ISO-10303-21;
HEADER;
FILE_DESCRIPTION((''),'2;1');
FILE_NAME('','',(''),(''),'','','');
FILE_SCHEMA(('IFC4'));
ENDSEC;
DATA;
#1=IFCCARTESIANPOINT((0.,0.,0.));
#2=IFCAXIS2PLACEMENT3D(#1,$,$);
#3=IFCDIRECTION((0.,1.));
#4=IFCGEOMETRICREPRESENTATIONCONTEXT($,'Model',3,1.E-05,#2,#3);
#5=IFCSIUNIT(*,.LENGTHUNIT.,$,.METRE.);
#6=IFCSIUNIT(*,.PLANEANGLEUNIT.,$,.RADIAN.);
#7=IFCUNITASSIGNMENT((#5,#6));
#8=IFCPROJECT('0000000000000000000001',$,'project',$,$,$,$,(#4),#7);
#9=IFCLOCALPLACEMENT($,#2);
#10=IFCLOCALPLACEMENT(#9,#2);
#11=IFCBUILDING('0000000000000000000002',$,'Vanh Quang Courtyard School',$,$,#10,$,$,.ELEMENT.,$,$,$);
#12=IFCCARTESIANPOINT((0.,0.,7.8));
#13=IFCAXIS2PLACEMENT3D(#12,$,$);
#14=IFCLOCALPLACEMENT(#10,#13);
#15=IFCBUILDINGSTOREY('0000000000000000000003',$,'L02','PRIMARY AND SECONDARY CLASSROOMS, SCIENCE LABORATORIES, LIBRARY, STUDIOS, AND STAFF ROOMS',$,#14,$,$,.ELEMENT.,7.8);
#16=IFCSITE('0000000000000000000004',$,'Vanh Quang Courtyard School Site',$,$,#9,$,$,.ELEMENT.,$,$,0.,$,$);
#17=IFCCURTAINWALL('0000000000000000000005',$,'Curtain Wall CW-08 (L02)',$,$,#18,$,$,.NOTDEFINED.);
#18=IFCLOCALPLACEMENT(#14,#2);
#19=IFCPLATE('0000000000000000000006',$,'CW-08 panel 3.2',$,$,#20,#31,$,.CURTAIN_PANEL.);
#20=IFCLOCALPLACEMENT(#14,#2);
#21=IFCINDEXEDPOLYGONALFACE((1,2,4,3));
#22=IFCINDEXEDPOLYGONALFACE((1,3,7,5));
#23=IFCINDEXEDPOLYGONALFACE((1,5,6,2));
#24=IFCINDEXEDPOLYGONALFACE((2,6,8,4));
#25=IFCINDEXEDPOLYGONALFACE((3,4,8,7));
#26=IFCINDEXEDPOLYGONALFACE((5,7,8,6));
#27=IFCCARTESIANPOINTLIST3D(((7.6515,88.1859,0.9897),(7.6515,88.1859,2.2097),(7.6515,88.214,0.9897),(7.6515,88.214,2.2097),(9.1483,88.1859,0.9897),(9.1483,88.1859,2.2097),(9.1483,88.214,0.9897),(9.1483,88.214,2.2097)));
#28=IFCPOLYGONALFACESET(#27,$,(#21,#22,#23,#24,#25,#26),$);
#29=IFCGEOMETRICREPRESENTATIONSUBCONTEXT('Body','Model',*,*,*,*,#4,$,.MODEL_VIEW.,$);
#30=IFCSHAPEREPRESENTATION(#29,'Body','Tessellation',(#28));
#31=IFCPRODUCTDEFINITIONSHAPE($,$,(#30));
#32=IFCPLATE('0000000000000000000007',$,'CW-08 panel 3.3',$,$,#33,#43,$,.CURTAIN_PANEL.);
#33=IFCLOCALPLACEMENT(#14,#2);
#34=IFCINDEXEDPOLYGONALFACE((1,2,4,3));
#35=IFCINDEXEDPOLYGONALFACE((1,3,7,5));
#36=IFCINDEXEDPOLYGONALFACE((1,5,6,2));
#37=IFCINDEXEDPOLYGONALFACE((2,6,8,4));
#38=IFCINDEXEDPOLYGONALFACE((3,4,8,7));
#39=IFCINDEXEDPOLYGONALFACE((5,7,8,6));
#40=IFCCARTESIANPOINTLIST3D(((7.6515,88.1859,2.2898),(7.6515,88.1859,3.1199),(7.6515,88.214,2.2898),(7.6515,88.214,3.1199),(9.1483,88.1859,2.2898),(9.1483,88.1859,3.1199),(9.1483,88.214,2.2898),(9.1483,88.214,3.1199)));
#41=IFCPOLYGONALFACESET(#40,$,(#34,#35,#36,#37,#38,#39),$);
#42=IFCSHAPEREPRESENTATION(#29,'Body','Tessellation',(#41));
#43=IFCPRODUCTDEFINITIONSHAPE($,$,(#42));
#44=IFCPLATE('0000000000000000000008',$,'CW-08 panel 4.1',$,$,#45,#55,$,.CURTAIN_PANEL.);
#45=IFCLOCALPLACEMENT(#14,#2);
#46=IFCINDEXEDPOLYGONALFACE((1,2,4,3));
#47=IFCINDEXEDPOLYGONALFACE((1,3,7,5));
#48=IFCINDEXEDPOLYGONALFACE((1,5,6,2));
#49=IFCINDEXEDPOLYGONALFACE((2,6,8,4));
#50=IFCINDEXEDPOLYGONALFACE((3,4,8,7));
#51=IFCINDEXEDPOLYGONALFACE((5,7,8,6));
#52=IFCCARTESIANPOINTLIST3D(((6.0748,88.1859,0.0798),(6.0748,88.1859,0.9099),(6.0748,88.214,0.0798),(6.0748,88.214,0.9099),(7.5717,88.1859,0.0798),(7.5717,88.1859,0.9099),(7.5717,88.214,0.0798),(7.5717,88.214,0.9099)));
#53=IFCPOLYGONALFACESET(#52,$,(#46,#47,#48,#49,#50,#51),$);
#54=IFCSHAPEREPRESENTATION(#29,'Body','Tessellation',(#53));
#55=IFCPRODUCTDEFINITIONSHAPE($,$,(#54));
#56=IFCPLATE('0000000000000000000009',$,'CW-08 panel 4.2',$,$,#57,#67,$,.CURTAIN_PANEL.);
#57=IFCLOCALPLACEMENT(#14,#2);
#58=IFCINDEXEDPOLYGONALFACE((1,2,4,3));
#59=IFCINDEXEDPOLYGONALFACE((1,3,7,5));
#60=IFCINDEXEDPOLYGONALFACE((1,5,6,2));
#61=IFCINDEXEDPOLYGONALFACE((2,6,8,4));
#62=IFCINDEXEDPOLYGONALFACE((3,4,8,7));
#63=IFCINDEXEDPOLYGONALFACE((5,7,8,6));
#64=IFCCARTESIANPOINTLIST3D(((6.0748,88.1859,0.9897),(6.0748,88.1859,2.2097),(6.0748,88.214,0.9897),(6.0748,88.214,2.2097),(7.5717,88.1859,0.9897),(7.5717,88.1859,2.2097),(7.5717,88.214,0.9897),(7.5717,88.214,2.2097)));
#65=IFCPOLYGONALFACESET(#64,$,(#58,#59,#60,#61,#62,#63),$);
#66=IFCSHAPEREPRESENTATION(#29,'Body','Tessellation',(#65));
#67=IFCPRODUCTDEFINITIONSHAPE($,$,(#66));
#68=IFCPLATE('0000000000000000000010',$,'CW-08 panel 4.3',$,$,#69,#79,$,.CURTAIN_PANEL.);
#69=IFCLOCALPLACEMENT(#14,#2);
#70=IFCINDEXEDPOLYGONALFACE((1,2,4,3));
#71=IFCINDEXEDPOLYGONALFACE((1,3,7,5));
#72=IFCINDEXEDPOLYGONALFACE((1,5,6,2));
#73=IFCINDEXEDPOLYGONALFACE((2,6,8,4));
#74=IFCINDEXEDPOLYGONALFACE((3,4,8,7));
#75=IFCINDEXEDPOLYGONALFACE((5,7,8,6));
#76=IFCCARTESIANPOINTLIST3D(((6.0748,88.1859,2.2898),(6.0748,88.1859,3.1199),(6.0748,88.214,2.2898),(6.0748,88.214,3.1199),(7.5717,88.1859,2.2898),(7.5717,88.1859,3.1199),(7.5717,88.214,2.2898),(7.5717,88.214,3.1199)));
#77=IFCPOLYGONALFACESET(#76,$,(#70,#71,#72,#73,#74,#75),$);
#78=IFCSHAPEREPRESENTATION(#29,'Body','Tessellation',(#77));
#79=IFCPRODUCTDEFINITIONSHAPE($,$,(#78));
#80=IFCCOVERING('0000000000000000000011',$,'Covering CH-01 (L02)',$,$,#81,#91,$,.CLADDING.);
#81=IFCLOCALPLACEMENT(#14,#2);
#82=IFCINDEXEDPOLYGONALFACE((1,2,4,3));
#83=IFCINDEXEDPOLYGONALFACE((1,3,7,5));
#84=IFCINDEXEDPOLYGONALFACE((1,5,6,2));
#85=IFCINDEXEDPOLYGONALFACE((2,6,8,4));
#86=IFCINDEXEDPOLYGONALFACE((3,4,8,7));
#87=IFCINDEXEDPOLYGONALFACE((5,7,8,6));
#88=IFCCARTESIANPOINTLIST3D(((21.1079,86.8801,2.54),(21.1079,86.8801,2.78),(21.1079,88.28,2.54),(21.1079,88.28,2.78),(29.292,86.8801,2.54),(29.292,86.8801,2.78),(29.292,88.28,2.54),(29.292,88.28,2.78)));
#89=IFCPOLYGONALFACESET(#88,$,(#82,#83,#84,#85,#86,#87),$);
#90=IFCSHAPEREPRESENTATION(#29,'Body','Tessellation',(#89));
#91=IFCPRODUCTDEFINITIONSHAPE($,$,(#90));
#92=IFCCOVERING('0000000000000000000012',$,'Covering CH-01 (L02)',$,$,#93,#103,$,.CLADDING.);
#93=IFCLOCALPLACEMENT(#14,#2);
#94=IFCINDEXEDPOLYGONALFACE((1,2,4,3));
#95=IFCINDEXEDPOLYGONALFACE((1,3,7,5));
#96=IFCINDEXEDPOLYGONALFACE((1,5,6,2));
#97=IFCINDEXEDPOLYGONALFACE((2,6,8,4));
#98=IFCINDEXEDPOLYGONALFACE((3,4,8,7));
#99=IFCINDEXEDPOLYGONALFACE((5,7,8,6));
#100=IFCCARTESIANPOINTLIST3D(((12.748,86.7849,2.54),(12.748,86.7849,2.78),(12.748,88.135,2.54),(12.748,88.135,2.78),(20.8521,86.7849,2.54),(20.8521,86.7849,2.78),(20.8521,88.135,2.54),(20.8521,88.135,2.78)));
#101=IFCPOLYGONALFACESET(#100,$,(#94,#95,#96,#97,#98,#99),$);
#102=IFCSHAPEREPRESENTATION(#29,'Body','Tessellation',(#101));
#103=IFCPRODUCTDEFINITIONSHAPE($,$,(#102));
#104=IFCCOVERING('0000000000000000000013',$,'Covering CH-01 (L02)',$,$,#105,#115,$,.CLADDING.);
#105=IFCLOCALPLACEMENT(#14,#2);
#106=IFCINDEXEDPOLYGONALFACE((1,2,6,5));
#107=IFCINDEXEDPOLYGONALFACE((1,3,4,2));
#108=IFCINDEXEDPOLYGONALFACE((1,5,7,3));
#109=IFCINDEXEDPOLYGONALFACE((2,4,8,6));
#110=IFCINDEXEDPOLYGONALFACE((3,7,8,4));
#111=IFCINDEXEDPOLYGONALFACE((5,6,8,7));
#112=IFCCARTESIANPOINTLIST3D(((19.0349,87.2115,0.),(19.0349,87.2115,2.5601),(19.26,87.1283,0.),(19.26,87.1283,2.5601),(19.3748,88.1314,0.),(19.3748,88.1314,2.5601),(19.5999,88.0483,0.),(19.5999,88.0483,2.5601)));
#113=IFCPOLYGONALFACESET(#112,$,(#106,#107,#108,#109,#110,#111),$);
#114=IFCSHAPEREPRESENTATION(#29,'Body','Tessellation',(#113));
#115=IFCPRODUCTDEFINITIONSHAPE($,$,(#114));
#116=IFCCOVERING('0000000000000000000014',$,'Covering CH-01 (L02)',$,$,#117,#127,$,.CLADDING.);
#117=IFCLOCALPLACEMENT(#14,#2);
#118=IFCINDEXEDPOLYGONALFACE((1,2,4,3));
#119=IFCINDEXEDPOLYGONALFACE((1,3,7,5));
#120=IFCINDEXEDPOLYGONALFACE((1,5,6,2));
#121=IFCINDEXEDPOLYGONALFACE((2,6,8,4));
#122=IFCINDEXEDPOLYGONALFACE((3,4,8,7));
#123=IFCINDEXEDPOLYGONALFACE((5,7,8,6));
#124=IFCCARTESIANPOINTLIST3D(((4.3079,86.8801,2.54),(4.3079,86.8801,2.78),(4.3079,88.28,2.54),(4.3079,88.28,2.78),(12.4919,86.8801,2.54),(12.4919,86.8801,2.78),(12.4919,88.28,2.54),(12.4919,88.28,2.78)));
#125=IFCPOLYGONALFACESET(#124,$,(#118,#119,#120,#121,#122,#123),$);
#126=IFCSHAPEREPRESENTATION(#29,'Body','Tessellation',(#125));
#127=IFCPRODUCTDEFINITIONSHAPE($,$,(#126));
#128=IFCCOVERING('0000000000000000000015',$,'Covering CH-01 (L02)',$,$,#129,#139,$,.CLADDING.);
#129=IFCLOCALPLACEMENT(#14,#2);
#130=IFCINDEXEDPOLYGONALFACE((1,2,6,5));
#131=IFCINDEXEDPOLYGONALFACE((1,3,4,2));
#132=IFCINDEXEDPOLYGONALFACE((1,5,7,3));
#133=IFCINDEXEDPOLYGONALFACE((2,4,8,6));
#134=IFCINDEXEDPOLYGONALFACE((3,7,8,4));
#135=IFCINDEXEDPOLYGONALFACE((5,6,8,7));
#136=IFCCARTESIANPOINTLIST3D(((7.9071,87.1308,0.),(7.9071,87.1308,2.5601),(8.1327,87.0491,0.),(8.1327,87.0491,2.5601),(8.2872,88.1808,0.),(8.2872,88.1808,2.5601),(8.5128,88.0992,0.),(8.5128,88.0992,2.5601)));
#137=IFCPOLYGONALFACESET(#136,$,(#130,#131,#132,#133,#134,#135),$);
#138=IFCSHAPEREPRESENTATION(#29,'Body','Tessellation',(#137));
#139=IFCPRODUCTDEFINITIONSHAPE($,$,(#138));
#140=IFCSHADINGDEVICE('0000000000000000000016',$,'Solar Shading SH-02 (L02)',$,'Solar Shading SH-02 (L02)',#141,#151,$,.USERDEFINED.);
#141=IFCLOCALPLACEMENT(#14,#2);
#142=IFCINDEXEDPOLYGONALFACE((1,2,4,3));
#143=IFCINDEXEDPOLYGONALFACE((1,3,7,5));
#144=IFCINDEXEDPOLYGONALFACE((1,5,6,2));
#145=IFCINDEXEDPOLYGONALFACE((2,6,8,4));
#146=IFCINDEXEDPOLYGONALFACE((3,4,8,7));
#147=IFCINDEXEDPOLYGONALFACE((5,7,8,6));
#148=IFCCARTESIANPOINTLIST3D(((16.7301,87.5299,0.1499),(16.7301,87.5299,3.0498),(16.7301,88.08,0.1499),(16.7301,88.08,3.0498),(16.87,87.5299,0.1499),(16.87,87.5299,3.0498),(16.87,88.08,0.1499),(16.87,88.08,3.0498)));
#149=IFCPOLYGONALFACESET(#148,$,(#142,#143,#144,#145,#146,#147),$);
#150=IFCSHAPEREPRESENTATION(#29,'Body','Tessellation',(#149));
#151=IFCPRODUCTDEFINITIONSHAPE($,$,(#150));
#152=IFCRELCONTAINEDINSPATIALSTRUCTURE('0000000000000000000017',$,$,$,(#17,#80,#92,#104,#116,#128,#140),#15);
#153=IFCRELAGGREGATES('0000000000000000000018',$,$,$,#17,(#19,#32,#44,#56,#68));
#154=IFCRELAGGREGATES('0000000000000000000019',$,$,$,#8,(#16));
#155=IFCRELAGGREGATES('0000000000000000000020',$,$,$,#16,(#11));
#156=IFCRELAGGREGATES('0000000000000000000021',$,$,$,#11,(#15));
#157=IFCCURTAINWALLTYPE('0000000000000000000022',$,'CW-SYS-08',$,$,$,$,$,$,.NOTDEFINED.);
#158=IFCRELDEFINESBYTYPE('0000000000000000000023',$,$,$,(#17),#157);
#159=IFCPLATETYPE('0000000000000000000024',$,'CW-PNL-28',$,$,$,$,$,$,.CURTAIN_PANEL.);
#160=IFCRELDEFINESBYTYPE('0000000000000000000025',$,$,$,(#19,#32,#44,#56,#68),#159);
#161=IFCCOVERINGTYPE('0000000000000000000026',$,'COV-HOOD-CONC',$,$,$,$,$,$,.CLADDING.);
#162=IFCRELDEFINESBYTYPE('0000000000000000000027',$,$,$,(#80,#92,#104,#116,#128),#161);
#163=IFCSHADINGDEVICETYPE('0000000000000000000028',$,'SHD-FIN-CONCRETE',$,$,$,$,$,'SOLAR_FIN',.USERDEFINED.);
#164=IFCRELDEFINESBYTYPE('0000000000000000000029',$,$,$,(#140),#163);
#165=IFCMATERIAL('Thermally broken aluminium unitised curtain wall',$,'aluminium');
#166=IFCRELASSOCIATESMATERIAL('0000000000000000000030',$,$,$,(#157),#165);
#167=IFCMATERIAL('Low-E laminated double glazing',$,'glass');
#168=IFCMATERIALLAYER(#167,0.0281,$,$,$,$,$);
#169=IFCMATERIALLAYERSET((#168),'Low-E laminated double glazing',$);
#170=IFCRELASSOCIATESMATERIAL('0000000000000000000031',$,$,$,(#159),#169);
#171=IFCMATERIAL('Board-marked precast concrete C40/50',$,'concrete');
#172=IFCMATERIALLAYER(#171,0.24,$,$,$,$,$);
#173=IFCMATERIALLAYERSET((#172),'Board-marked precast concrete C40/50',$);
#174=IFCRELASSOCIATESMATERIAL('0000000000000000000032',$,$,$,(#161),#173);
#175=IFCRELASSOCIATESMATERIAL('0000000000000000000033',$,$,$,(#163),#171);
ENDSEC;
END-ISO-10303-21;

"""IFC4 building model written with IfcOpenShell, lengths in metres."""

from ifc_helpers import new_model, si_unit, direction, frame, origin, origin_2d, place, context, subcontext, project, spatial, rectangle, extrude, material, layer, layer_set, type_object, element, aggregate, save


model = new_model("IFC4")

# Units and contexts
model_context = context("Model", 3, precision=1e-05, world=origin(), true_north=direction((0.0, 1.0)))
body_context = subcontext(model_context, "Body", "Model", "MODEL_VIEW")
ifc_project = project(units=[si_unit("LENGTHUNIT", "METRE"), si_unit("PLANEANGLEUNIT", "RADIAN")], contexts=[model_context])

# Site, building, storey
site_placement = place(None, origin())
site = spatial("IfcSite", under=ifc_project, at=site_placement, Name="Vanh Quang Courtyard School Site", CompositionType="ELEMENT", RefElevation=0.0)
building_placement = place(site_placement, origin())
building = spatial("IfcBuilding", under=site, at=building_placement, Name="Vanh Quang Courtyard School", CompositionType="ELEMENT")
storey_placement = place(building_placement, frame((0.0, 0.0, 7.8)))
storey = spatial("IfcBuildingStorey", under=building, at=storey_placement, Name="L02", Description="PRIMARY AND SECONDARY CLASSROOMS, SCIENCE LABORATORIES, LIBRARY, STUDIOS, AND STAFF ROOMS", CompositionType="ELEMENT", Elevation=7.8)

# Curtain wall, plates
ifc_material_1 = material(Name="Thermally broken aluminium unitised curtain wall", Category="aluminium")
curtain_wall_type = type_object("IfcCurtainWallType", Name="CW-SYS-08", PredefinedType="NOTDEFINED", material=ifc_material_1)
curtain_wall_placement = place(storey_placement, origin())
curtain_wall = element("IfcCurtainWall", 1, at=curtain_wall_placement, inside=storey, type_object=curtain_wall_type, Name="Curtain Wall CW-08 (L02)", PredefinedType="NOTDEFINED")
ifc_material_2 = material(Name="Low-E laminated double glazing", Category="glass")
ifc_layer_1 = layer(ifc_material_2, 0.0281)
ifc_layer_set_1 = layer_set([ifc_layer_1], Name="Low-E laminated double glazing")
plate_type = type_object("IfcPlateType", Name="CW-PNL-28", PredefinedType="CURTAIN_PANEL", material=ifc_layer_set_1)
plate_1_placement = place(storey_placement, frame((8.3999, 88.2, 0.9897), z_axis=(0.0, 0.0, 1.0), x_axis=(-1.0, 0.0, 0.0)))
plate_1 = element("IfcPlate", 2, at=plate_1_placement, type_object=plate_type, Name="CW-08 panel 3.2", PredefinedType="CURTAIN_PANEL", context=body_context, shape_type="SweptSolid", body=[
    extrude(rectangle(XDim=1.4968, YDim=0.0281, at=origin_2d()), origin(), (0.0, 0.0, 1.0), 1.22),
])
plate_2_placement = place(storey_placement, frame((8.3999, 88.2, 2.2898), z_axis=(0.0, 0.0, 1.0), x_axis=(-1.0, 0.0, 0.0)))
plate_2 = element("IfcPlate", 3, at=plate_2_placement, type_object=plate_type, Name="CW-08 panel 3.3", PredefinedType="CURTAIN_PANEL", context=body_context, shape_type="SweptSolid", body=[
    extrude(rectangle(XDim=1.4968, YDim=0.0281, at=origin_2d()), origin(), (0.0, 0.0, 1.0), 0.8301),
])
plate_3_placement = place(storey_placement, frame((6.8232, 88.2, 0.0798), z_axis=(0.0, 0.0, 1.0), x_axis=(-1.0, 0.0, 0.0)))
plate_3 = element("IfcPlate", 4, at=plate_3_placement, type_object=plate_type, Name="CW-08 panel 4.1", PredefinedType="CURTAIN_PANEL", context=body_context, shape_type="SweptSolid", body=[
    extrude(rectangle(XDim=1.4968, YDim=0.0281, at=origin_2d()), origin(), (0.0, 0.0, 1.0), 0.8301),
])
plate_4_placement = place(storey_placement, frame((6.8232, 88.2, 0.9897), z_axis=(0.0, 0.0, 1.0), x_axis=(-1.0, 0.0, 0.0)))
plate_4 = element("IfcPlate", 5, at=plate_4_placement, type_object=plate_type, Name="CW-08 panel 4.2", PredefinedType="CURTAIN_PANEL", context=body_context, shape_type="SweptSolid", body=[
    extrude(rectangle(XDim=1.4968, YDim=0.0281, at=origin_2d()), origin(), (0.0, 0.0, 1.0), 1.22),
])
plate_5_placement = place(storey_placement, frame((6.8232, 88.2, 2.2898), z_axis=(0.0, 0.0, 1.0), x_axis=(-1.0, 0.0, 0.0)))
plate_5 = element("IfcPlate", 6, at=plate_5_placement, type_object=plate_type, Name="CW-08 panel 4.3", PredefinedType="CURTAIN_PANEL", context=body_context, shape_type="SweptSolid", body=[
    extrude(rectangle(XDim=1.4968, YDim=0.0281, at=origin_2d()), origin(), (0.0, 0.0, 1.0), 0.8301),
])
aggregate(curtain_wall, [plate_1, plate_2, plate_3, plate_4, plate_5])

# Coverings
ifc_material_3 = material(Name="Board-marked precast concrete C40/50", Category="concrete")
ifc_layer_2 = layer(ifc_material_3, 0.24)
ifc_layer_set_2 = layer_set([ifc_layer_2], Name="Board-marked precast concrete C40/50")
covering_type = type_object("IfcCoveringType", Name="COV-HOOD-CONC", PredefinedType="CLADDING", material=ifc_layer_set_2)
covering_1_placement = place(storey_placement, frame((25.2, 87.5801, 2.54), z_axis=(0.0, 0.0, 1.0), x_axis=(-1.0, 0.0, 0.0)))
element("IfcCovering", 7, at=covering_1_placement, inside=storey, type_object=covering_type, Name="Covering CH-01 (L02)", PredefinedType="CLADDING", context=body_context, shape_type="SweptSolid", body=[
    extrude(rectangle(XDim=8.1841, YDim=1.3999, at=origin_2d()), origin(), (0.0, 0.0, 1.0), 0.24),
])
covering_2_placement = place(storey_placement, frame((16.8, 87.46, 2.54), z_axis=(0.0, 0.0, 1.0), x_axis=(-1.0, 0.0, 0.0)))
element("IfcCovering", 8, at=covering_2_placement, inside=storey, type_object=covering_type, Name="Covering CH-01 (L02)", PredefinedType="CLADDING", context=body_context, shape_type="SweptSolid", body=[
    extrude(rectangle(XDim=8.104, YDim=1.3501, at=origin_2d()), origin(), (0.0, 0.0, 1.0), 0.24),
])
covering_3_placement = place(storey_placement, frame((19.3174, 87.6299, 0.0), z_axis=(0.0, 0.0, 1.0), x_axis=(-0.346608, -0.93801, 0.0)))
element("IfcCovering", 9, at=covering_3_placement, inside=storey, type_object=covering_type, Name="Covering CH-01 (L02)", PredefinedType="CLADDING", context=body_context, shape_type="SweptSolid", body=[
    extrude(rectangle(XDim=0.9807, YDim=0.24, at=origin_2d()), origin(), (0.0, 0.0, 1.0), 2.5601),
])
covering_4_placement = place(storey_placement, frame((8.3999, 87.5801, 2.54), z_axis=(0.0, 0.0, 1.0), x_axis=(-1.0, 0.0, 0.0)))
element("IfcCovering", 10, at=covering_4_placement, inside=storey, type_object=covering_type, Name="Covering CH-01 (L02)", PredefinedType="CLADDING", context=body_context, shape_type="SweptSolid", body=[
    extrude(rectangle(XDim=8.1841, YDim=1.3999, at=origin_2d()), origin(), (0.0, 0.0, 1.0), 0.24),
])
covering_5_placement = place(storey_placement, frame((8.21, 87.615, 0.0), z_axis=(0.0, 0.0, 1.0), x_axis=(-0.34038, -0.940288, 0.0)))
element("IfcCovering", 11, at=covering_5_placement, inside=storey, type_object=covering_type, Name="Covering CH-01 (L02)", PredefinedType="CLADDING", context=body_context, shape_type="SweptSolid", body=[
    extrude(rectangle(XDim=1.1167, YDim=0.24, at=origin_2d()), origin(), (0.0, 0.0, 1.0), 2.5601),
])

# Shading device
shading_device_type = type_object("IfcShadingDeviceType", Name="SHD-FIN-CONCRETE", ElementType="SOLAR_FIN", PredefinedType="USERDEFINED", material=ifc_material_3)
shading_device_placement = place(storey_placement, frame((16.8, 87.8049, 0.1499), z_axis=(0.0, 0.0, 1.0), x_axis=(-1.0, 0.0, 0.0)))
element("IfcShadingDevice", 12, at=shading_device_placement, inside=storey, type_object=shading_device_type, Name="Solar Shading SH-02 (L02)", ObjectType="Solar Shading SH-02 (L02)", PredefinedType="USERDEFINED", context=body_context, shape_type="SweptSolid", body=[
    extrude(rectangle(XDim=0.1399, YDim=0.55, at=origin_2d()), origin(), (0.0, 0.0, 1.0), 2.8999),
])

save(model, "model.ifc")
